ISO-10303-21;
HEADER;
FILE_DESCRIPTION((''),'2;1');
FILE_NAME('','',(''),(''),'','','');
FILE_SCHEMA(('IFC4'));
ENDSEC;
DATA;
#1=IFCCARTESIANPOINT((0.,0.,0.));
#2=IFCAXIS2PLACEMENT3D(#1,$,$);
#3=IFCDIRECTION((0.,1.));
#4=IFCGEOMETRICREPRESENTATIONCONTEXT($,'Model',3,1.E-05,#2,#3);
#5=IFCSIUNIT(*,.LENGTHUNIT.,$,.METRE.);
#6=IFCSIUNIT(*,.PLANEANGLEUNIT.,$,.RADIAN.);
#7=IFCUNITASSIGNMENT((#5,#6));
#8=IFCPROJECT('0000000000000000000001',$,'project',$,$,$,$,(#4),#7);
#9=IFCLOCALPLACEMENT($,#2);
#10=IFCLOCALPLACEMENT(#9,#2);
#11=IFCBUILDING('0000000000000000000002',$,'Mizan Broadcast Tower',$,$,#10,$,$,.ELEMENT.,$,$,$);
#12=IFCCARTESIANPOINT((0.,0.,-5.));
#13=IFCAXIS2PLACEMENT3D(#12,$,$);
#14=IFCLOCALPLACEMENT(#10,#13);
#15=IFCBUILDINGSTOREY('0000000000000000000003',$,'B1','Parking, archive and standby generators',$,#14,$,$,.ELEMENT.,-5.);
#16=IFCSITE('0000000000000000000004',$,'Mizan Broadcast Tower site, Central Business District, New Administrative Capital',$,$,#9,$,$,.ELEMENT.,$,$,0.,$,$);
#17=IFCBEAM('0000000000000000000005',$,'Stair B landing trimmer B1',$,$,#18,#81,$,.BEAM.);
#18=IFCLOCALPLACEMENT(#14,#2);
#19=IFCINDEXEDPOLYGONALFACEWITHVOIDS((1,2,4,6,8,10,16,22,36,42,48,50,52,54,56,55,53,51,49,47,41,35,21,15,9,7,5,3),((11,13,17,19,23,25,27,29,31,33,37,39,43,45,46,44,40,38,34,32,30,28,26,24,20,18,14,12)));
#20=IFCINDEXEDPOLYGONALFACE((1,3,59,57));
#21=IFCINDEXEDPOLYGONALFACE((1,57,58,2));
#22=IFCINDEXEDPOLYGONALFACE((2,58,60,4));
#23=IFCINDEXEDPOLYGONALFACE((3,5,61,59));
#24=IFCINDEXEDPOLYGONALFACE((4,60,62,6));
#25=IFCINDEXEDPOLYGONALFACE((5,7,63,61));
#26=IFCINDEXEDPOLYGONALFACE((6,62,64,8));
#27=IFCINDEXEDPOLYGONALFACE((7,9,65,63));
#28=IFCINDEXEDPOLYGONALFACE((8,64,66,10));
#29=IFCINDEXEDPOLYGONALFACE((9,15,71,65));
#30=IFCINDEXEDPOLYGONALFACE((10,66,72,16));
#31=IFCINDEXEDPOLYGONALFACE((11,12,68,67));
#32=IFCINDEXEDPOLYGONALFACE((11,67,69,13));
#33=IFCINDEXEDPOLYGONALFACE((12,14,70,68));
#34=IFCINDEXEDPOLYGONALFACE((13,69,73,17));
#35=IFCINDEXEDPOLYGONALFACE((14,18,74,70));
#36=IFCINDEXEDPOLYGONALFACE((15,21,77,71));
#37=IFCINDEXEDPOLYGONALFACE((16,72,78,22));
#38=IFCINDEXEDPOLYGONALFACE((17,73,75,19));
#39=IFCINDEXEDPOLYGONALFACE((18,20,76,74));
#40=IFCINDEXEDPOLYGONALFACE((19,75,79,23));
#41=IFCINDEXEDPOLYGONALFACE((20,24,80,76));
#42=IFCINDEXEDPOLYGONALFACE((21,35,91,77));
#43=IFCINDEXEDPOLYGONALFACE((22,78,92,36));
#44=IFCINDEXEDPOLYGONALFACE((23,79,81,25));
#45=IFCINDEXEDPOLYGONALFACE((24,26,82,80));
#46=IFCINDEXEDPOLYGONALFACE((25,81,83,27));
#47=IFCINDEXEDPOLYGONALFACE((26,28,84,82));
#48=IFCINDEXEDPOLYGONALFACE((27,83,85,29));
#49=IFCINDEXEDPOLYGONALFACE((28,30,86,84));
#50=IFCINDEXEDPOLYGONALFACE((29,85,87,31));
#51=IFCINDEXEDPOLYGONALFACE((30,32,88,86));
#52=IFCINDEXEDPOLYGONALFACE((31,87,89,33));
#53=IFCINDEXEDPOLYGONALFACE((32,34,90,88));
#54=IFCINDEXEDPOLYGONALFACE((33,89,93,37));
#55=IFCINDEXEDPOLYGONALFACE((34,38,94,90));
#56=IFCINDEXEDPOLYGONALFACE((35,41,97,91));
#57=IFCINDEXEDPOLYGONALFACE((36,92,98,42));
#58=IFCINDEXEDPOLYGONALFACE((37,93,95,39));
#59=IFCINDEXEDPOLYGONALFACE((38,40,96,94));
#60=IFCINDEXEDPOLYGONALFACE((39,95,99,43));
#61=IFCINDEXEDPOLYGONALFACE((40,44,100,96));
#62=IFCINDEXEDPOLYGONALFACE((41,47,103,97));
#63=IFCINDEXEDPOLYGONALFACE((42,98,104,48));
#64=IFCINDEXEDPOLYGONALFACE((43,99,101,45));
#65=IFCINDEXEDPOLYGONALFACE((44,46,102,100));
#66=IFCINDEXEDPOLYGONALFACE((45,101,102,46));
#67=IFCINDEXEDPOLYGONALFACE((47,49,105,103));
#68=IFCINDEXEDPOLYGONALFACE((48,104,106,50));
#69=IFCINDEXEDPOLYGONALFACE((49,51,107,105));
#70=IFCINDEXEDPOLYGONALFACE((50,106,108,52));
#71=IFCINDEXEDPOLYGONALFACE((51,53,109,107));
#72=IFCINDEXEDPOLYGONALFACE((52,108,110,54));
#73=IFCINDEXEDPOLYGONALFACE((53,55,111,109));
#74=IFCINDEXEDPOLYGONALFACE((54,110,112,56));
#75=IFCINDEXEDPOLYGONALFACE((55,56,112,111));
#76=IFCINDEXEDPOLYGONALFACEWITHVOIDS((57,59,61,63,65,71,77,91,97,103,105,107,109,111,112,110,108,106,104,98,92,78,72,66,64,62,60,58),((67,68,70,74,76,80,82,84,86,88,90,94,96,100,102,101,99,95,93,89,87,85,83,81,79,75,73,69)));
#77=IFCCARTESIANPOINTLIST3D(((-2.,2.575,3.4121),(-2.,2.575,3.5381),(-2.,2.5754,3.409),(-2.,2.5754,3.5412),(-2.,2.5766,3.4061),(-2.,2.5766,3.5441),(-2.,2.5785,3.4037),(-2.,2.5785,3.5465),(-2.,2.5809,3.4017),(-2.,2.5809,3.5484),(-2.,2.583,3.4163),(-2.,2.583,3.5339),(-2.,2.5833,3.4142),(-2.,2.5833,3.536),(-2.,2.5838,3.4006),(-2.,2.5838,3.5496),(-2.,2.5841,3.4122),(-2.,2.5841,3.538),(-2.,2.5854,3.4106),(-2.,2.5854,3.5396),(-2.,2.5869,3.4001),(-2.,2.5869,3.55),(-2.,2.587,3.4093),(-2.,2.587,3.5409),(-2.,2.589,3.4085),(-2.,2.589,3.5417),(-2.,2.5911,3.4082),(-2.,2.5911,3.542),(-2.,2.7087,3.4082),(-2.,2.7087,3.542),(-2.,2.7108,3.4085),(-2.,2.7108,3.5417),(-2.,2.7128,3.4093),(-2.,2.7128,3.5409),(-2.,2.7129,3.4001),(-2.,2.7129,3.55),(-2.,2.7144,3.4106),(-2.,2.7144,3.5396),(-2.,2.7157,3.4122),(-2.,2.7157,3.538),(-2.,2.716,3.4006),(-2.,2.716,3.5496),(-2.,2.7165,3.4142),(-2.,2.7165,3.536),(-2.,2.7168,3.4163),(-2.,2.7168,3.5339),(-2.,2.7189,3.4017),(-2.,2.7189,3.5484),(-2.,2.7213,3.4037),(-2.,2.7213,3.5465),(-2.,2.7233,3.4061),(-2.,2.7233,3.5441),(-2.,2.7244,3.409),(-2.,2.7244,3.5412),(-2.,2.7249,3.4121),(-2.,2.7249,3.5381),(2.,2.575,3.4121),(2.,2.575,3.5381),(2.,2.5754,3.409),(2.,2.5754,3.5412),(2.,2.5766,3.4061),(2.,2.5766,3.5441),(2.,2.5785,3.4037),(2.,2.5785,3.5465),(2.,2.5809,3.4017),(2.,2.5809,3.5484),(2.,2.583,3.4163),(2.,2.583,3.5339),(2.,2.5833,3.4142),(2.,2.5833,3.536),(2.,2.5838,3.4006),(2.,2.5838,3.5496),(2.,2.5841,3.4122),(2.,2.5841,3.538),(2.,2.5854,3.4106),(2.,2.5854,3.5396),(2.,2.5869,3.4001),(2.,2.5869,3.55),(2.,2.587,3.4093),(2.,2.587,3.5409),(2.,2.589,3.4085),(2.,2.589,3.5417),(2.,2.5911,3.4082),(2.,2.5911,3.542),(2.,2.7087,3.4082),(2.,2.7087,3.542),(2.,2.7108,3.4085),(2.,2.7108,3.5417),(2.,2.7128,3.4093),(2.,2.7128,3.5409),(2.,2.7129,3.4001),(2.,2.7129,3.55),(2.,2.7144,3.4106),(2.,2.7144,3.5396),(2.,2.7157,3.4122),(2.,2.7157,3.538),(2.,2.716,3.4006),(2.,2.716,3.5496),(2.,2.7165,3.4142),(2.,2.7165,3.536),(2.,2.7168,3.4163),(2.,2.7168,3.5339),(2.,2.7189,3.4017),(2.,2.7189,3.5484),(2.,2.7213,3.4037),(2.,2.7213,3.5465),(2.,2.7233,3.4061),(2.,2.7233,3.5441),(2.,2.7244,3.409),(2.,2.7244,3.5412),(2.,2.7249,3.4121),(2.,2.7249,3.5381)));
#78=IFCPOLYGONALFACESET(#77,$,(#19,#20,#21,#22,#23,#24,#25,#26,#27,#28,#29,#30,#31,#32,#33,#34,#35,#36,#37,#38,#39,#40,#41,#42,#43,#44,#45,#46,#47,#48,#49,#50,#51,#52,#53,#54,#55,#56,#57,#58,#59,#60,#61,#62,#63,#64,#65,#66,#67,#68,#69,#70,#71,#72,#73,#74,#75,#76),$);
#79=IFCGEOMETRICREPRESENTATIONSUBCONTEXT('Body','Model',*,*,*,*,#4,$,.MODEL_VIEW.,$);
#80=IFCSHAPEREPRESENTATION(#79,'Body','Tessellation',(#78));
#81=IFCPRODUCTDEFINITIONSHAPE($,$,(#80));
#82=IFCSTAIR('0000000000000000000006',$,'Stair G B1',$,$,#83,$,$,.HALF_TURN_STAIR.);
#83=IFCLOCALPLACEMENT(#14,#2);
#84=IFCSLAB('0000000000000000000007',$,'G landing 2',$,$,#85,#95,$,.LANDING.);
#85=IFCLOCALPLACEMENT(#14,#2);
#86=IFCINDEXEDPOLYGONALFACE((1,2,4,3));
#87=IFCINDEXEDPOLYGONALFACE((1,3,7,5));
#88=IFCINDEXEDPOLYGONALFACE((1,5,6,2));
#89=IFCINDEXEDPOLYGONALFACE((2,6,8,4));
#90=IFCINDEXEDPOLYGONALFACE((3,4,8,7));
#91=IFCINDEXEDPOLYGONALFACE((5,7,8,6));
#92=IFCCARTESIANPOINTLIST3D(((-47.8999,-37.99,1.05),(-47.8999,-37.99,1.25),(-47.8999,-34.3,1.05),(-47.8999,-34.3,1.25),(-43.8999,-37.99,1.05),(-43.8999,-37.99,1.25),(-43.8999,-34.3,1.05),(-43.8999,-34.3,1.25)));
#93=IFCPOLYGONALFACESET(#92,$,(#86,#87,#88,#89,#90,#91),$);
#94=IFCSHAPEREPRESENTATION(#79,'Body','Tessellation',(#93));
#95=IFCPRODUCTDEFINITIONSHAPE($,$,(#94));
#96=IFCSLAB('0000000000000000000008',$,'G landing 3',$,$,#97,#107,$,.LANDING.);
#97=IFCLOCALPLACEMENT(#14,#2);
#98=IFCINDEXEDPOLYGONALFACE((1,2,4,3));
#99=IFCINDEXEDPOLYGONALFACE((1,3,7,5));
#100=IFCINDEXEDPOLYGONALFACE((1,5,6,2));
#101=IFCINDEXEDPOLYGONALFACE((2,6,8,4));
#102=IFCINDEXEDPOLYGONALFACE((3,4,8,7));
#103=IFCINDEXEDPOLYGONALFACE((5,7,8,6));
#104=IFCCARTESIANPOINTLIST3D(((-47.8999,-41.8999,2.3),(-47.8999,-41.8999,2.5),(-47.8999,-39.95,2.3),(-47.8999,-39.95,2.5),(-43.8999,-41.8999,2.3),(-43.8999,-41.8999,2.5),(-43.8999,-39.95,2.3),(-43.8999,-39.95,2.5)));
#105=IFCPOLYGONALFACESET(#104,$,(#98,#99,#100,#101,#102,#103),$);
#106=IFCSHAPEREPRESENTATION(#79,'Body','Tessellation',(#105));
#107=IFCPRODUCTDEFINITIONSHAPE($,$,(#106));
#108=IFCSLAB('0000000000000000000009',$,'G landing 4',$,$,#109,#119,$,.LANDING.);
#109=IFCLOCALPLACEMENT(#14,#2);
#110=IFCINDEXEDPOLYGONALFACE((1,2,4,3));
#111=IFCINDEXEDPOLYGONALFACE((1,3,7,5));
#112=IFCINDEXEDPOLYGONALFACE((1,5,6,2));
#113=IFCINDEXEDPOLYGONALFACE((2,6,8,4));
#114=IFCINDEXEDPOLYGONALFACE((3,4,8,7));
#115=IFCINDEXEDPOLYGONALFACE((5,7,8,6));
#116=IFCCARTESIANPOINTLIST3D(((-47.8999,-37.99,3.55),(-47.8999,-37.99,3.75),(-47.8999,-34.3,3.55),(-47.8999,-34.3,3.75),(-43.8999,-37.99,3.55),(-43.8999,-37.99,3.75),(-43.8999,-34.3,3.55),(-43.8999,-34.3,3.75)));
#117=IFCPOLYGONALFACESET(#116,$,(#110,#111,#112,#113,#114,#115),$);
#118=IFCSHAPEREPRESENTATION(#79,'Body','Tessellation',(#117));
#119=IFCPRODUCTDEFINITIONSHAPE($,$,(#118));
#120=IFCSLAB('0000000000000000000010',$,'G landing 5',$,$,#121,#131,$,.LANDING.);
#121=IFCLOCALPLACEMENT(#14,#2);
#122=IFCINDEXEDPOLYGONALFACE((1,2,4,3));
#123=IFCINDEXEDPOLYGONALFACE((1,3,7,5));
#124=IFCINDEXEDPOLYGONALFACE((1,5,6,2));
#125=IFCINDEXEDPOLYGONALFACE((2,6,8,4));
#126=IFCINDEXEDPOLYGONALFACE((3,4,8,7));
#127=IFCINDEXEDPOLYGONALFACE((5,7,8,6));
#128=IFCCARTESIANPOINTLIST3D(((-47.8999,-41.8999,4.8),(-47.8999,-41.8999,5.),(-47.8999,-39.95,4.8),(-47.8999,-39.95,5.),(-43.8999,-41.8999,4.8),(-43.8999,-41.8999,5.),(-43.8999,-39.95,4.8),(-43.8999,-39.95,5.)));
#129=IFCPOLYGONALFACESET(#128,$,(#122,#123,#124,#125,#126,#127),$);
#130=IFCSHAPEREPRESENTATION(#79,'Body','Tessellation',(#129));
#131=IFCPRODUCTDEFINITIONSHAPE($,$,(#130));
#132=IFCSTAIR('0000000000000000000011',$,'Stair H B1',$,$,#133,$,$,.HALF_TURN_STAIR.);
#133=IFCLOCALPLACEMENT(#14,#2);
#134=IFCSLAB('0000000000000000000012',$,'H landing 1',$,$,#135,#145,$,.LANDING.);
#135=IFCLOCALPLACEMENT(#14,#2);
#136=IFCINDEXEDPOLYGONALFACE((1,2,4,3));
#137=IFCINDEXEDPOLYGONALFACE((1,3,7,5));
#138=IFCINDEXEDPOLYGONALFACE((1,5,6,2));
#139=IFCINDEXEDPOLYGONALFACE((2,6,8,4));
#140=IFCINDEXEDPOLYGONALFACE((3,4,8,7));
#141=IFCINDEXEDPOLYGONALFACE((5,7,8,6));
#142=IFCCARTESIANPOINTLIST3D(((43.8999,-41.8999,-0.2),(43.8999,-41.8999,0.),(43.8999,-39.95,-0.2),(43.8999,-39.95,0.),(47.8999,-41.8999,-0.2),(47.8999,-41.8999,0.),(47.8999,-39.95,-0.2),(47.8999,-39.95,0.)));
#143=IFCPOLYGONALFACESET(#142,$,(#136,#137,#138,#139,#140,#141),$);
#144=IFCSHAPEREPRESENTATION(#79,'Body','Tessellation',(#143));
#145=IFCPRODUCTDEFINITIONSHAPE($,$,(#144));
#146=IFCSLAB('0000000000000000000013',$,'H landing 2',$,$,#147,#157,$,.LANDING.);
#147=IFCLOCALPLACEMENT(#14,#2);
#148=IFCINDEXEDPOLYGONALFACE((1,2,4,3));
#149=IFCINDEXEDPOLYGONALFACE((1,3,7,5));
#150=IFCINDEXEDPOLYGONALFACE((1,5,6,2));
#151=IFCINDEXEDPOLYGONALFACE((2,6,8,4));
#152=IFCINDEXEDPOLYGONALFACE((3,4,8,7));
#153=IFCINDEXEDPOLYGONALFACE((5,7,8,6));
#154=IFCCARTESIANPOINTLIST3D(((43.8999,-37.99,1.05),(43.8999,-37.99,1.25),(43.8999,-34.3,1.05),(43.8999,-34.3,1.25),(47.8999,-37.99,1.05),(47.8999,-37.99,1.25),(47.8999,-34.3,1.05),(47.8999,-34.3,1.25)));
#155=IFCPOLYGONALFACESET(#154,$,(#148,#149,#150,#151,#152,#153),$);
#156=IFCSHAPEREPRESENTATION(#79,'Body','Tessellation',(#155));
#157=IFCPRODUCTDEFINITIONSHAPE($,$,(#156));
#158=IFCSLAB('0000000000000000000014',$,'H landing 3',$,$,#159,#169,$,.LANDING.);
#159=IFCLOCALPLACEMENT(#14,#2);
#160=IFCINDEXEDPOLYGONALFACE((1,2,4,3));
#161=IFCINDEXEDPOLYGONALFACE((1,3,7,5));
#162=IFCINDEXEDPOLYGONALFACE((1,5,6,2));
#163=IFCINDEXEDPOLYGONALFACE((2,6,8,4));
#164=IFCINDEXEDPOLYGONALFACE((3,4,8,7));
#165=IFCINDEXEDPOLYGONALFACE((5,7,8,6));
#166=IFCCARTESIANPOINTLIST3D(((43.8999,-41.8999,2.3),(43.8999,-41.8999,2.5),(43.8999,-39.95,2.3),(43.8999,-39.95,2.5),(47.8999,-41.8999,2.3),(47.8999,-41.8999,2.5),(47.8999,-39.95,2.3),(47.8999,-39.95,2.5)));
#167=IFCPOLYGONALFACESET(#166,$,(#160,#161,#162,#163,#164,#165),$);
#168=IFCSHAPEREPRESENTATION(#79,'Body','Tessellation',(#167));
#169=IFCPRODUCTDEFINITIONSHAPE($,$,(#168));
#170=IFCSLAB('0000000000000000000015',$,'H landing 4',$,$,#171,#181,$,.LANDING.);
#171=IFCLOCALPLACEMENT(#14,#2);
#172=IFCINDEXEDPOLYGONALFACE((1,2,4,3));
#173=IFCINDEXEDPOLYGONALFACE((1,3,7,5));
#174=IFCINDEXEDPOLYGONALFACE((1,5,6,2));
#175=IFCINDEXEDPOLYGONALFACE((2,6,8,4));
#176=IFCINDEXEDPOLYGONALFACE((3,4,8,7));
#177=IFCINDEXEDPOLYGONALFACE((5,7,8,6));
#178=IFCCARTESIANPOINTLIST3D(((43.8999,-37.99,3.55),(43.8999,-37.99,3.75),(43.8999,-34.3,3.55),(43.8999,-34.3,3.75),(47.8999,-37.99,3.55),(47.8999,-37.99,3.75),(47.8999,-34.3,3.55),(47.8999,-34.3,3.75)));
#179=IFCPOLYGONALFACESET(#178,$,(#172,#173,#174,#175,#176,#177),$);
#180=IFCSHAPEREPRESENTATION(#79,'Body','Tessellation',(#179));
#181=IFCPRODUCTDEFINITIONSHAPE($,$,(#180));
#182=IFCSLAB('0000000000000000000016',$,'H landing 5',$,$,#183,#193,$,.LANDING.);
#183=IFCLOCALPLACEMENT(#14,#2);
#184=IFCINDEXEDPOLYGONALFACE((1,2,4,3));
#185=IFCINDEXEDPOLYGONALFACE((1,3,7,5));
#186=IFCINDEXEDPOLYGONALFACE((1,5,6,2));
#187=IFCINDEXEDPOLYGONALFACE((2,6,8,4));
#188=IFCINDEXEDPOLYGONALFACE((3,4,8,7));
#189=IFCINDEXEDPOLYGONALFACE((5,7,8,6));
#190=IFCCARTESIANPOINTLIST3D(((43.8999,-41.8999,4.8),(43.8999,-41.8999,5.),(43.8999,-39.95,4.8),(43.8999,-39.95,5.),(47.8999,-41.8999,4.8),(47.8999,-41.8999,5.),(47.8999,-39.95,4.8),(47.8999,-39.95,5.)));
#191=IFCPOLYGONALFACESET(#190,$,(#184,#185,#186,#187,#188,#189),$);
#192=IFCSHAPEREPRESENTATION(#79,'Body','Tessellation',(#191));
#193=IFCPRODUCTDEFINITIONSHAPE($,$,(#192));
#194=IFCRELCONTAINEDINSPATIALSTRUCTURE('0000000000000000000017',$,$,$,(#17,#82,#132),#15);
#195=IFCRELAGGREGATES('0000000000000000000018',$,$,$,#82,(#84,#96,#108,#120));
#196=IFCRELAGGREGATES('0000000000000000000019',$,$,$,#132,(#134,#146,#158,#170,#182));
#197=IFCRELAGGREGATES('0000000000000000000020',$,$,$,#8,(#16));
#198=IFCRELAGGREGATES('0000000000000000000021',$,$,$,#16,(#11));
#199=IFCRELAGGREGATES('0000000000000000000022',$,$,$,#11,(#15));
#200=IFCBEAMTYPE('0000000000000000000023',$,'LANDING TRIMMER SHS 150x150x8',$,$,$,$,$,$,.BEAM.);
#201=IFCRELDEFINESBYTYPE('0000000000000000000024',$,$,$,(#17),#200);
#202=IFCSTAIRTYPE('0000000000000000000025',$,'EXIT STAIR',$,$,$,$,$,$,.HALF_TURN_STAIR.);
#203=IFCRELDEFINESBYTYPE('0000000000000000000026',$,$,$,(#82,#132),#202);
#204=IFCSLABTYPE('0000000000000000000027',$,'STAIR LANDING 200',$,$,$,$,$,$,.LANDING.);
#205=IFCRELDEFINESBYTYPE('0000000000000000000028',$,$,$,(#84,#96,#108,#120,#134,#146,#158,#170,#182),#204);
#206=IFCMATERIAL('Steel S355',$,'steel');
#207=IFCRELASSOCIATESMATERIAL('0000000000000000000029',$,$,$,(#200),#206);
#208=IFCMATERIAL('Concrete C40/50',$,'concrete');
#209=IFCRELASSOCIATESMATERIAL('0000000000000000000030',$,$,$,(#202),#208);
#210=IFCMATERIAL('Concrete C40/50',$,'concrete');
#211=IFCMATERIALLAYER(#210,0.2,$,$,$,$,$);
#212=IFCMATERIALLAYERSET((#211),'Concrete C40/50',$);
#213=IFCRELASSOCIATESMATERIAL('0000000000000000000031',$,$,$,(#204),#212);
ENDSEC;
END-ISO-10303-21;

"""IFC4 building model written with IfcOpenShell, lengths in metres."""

from ifc_helpers import new_model, si_unit, direction, frame, origin, origin_2d, place, context, subcontext, project, spatial, polyline, hollow_rectangle, outline, extrude, material, layer, layer_set, material_profile, profile_set, type_object, element, aggregate, save


model = new_model("IFC4")

# Units and contexts
model_context = context("Model", 3, precision=1e-05, world=origin(), true_north=direction((0.0, 1.0)))
body_context = subcontext(model_context, "Body", "Model", "MODEL_VIEW")
ifc_project = project(units=[si_unit("LENGTHUNIT", "METRE"), si_unit("PLANEANGLEUNIT", "RADIAN")], contexts=[model_context])

# Site, building, storey
site_placement = place(None, origin())
site = spatial("IfcSite", under=ifc_project, at=site_placement, Name="Mizan Broadcast Tower site, Central Business District, New Administrative Capital", CompositionType="ELEMENT", RefElevation=0.0)
building_placement = place(site_placement, origin())
building = spatial("IfcBuilding", under=site, at=building_placement, Name="Mizan Broadcast Tower", CompositionType="ELEMENT")
storey_placement = place(building_placement, frame((0.0, 0.0, -5.0)))
storey = spatial("IfcBuildingStorey", under=building, at=storey_placement, Name="B1", Description="Parking, archive and standby generators", CompositionType="ELEMENT", Elevation=-5.0)

# Beam
ifc_material_1 = material(Name="Steel S355", Category="steel")
ifc_material_profile_1 = material_profile(ifc_material_1, hollow_rectangle(XDim=0.1499, YDim=0.1499, WallThickness=0.0081, InnerFilletRadius=0.0081, OuterFilletRadius=0.012, at=origin_2d()), Name="SHS 150x150x8")
ifc_profile_set_1 = profile_set([ifc_material_profile_1], Name="Steel S355")
beam_type = type_object("IfcBeamType", Name="LANDING TRIMMER SHS 150x150x8", PredefinedType="BEAM", material=ifc_profile_set_1)
for number, where, z_axis, x_axis, name in (
    (1, (2.0, 2.6499, 3.4751), (-1.0, 0.0, 0.0), (0.0, -1.0, 0.0), "Stair B landing trimmer B1"),
):
    element("IfcBeam", number, at=place(storey_placement, frame(where, z_axis=z_axis, x_axis=x_axis)), inside=storey, type_object=beam_type, Name=name, PredefinedType="BEAM", context=body_context, shape_type="SweptSolid", body=[
        extrude(hollow_rectangle(XDim=0.1499, YDim=0.1499, WallThickness=0.0081, InnerFilletRadius=0.0081, OuterFilletRadius=0.012, at=origin_2d()), origin(), (0.0, 0.0, 1.0), 4.0),
    ])

# Stairs, slabs
ifc_material_2 = material(Name="Concrete C40/50", Category="concrete")
stair_type = type_object("IfcStairType", Name="EXIT STAIR", PredefinedType="HALF_TURN_STAIR", material=ifc_material_2)
stair_1_placement = place(storey_placement, origin())
stair_1 = element("IfcStair", 2, at=stair_1_placement, inside=storey, type_object=stair_type, Name="Stair G B1", PredefinedType="HALF_TURN_STAIR")
ifc_material_3 = material(Name="Concrete C40/50", Category="concrete")
ifc_layer_1 = layer(ifc_material_3, 0.2)
ifc_layer_set_1 = layer_set([ifc_layer_1], Name="Concrete C40/50")
slab_type = type_object("IfcSlabType", Name="STAIR LANDING 200", PredefinedType="LANDING", material=ifc_layer_set_1)
slab_1_placement = place(storey_placement, frame((0.0, 0.0, 1.05)))
slab_1 = element("IfcSlab", 3, at=slab_1_placement, type_object=slab_type, Name="G landing 2", PredefinedType="LANDING", context=body_context, shape_type="SweptSolid", body=[
    extrude(outline(polyline([(-43.8999, -37.99), (-43.8999, -34.3), (-47.8999, -34.3), (-47.8999, -37.99), (-43.8999, -37.99)])), origin(), (0.0, 0.0, 1.0), 0.2),
])
slab_2_placement = place(storey_placement, frame((0.0, 0.0, 2.3)))
slab_2 = element("IfcSlab", 4, at=slab_2_placement, type_object=slab_type, Name="G landing 3", PredefinedType="LANDING", context=body_context, shape_type="SweptSolid", body=[
    extrude(outline(polyline([(-43.8999, -41.8999), (-43.8999, -39.95), (-47.8999, -39.95), (-47.8999, -41.8999), (-43.8999, -41.8999)])), origin(), (0.0, 0.0, 1.0), 0.2),
])
slab_3_placement = place(storey_placement, frame((0.0, 0.0, 3.55)))
slab_3 = element("IfcSlab", 5, at=slab_3_placement, type_object=slab_type, Name="G landing 4", PredefinedType="LANDING", context=body_context, shape_type="SweptSolid", body=[
    extrude(outline(polyline([(-43.8999, -37.99), (-43.8999, -34.3), (-47.8999, -34.3), (-47.8999, -37.99), (-43.8999, -37.99)])), origin(), (0.0, 0.0, 1.0), 0.2),
])
slab_4_placement = place(storey_placement, frame((0.0, 0.0, 4.8)))
slab_4 = element("IfcSlab", 6, at=slab_4_placement, type_object=slab_type, Name="G landing 5", PredefinedType="LANDING", context=body_context, shape_type="SweptSolid", body=[
    extrude(outline(polyline([(-43.8999, -41.8999), (-43.8999, -39.95), (-47.8999, -39.95), (-47.8999, -41.8999), (-43.8999, -41.8999)])), origin(), (0.0, 0.0, 1.0), 0.2),
])
aggregate(stair_1, [slab_1, slab_2, slab_3, slab_4])
stair_2_placement = place(storey_placement, origin())
stair_2 = element("IfcStair", 7, at=stair_2_placement, inside=storey, type_object=stair_type, Name="Stair H B1", PredefinedType="HALF_TURN_STAIR")
slab_5_placement = place(storey_placement, frame((0.0, 0.0, -0.2)))
slab_5 = element("IfcSlab", 8, at=slab_5_placement, type_object=slab_type, Name="H landing 1", PredefinedType="LANDING", context=body_context, shape_type="SweptSolid", body=[
    extrude(outline(polyline([(43.8999, -41.8999), (43.8999, -39.95), (47.8999, -39.95), (47.8999, -41.8999), (43.8999, -41.8999)])), origin(), (0.0, 0.0, 1.0), 0.2),
])
slab_6_placement = place(storey_placement, frame((0.0, 0.0, 1.05)))
slab_6 = element("IfcSlab", 9, at=slab_6_placement, type_object=slab_type, Name="H landing 2", PredefinedType="LANDING", context=body_context, shape_type="SweptSolid", body=[
    extrude(outline(polyline([(43.8999, -37.99), (43.8999, -34.3), (47.8999, -34.3), (47.8999, -37.99), (43.8999, -37.99)])), origin(), (0.0, 0.0, 1.0), 0.2),
])
slab_7_placement = place(storey_placement, frame((0.0, 0.0, 2.3)))
slab_7 = element("IfcSlab", 10, at=slab_7_placement, type_object=slab_type, Name="H landing 3", PredefinedType="LANDING", context=body_context, shape_type="SweptSolid", body=[
    extrude(outline(polyline([(43.8999, -41.8999), (43.8999, -39.95), (47.8999, -39.95), (47.8999, -41.8999), (43.8999, -41.8999)])), origin(), (0.0, 0.0, 1.0), 0.2),
])
slab_8_placement = place(storey_placement, frame((0.0, 0.0, 3.55)))
slab_8 = element("IfcSlab", 11, at=slab_8_placement, type_object=slab_type, Name="H landing 4", PredefinedType="LANDING", context=body_context, shape_type="SweptSolid", body=[
    extrude(outline(polyline([(43.8999, -37.99), (43.8999, -34.3), (47.8999, -34.3), (47.8999, -37.99), (43.8999, -37.99)])), origin(), (0.0, 0.0, 1.0), 0.2),
])
slab_9_placement = place(storey_placement, frame((0.0, 0.0, 4.8)))
slab_9 = element("IfcSlab", 12, at=slab_9_placement, type_object=slab_type, Name="H landing 5", PredefinedType="LANDING", context=body_context, shape_type="SweptSolid", body=[
    extrude(outline(polyline([(43.8999, -41.8999), (43.8999, -39.95), (47.8999, -39.95), (47.8999, -41.8999), (43.8999, -41.8999)])), origin(), (0.0, 0.0, 1.0), 0.2),
])
aggregate(stair_2, [slab_5, slab_6, slab_7, slab_8, slab_9])

save(model, "model.ifc")
